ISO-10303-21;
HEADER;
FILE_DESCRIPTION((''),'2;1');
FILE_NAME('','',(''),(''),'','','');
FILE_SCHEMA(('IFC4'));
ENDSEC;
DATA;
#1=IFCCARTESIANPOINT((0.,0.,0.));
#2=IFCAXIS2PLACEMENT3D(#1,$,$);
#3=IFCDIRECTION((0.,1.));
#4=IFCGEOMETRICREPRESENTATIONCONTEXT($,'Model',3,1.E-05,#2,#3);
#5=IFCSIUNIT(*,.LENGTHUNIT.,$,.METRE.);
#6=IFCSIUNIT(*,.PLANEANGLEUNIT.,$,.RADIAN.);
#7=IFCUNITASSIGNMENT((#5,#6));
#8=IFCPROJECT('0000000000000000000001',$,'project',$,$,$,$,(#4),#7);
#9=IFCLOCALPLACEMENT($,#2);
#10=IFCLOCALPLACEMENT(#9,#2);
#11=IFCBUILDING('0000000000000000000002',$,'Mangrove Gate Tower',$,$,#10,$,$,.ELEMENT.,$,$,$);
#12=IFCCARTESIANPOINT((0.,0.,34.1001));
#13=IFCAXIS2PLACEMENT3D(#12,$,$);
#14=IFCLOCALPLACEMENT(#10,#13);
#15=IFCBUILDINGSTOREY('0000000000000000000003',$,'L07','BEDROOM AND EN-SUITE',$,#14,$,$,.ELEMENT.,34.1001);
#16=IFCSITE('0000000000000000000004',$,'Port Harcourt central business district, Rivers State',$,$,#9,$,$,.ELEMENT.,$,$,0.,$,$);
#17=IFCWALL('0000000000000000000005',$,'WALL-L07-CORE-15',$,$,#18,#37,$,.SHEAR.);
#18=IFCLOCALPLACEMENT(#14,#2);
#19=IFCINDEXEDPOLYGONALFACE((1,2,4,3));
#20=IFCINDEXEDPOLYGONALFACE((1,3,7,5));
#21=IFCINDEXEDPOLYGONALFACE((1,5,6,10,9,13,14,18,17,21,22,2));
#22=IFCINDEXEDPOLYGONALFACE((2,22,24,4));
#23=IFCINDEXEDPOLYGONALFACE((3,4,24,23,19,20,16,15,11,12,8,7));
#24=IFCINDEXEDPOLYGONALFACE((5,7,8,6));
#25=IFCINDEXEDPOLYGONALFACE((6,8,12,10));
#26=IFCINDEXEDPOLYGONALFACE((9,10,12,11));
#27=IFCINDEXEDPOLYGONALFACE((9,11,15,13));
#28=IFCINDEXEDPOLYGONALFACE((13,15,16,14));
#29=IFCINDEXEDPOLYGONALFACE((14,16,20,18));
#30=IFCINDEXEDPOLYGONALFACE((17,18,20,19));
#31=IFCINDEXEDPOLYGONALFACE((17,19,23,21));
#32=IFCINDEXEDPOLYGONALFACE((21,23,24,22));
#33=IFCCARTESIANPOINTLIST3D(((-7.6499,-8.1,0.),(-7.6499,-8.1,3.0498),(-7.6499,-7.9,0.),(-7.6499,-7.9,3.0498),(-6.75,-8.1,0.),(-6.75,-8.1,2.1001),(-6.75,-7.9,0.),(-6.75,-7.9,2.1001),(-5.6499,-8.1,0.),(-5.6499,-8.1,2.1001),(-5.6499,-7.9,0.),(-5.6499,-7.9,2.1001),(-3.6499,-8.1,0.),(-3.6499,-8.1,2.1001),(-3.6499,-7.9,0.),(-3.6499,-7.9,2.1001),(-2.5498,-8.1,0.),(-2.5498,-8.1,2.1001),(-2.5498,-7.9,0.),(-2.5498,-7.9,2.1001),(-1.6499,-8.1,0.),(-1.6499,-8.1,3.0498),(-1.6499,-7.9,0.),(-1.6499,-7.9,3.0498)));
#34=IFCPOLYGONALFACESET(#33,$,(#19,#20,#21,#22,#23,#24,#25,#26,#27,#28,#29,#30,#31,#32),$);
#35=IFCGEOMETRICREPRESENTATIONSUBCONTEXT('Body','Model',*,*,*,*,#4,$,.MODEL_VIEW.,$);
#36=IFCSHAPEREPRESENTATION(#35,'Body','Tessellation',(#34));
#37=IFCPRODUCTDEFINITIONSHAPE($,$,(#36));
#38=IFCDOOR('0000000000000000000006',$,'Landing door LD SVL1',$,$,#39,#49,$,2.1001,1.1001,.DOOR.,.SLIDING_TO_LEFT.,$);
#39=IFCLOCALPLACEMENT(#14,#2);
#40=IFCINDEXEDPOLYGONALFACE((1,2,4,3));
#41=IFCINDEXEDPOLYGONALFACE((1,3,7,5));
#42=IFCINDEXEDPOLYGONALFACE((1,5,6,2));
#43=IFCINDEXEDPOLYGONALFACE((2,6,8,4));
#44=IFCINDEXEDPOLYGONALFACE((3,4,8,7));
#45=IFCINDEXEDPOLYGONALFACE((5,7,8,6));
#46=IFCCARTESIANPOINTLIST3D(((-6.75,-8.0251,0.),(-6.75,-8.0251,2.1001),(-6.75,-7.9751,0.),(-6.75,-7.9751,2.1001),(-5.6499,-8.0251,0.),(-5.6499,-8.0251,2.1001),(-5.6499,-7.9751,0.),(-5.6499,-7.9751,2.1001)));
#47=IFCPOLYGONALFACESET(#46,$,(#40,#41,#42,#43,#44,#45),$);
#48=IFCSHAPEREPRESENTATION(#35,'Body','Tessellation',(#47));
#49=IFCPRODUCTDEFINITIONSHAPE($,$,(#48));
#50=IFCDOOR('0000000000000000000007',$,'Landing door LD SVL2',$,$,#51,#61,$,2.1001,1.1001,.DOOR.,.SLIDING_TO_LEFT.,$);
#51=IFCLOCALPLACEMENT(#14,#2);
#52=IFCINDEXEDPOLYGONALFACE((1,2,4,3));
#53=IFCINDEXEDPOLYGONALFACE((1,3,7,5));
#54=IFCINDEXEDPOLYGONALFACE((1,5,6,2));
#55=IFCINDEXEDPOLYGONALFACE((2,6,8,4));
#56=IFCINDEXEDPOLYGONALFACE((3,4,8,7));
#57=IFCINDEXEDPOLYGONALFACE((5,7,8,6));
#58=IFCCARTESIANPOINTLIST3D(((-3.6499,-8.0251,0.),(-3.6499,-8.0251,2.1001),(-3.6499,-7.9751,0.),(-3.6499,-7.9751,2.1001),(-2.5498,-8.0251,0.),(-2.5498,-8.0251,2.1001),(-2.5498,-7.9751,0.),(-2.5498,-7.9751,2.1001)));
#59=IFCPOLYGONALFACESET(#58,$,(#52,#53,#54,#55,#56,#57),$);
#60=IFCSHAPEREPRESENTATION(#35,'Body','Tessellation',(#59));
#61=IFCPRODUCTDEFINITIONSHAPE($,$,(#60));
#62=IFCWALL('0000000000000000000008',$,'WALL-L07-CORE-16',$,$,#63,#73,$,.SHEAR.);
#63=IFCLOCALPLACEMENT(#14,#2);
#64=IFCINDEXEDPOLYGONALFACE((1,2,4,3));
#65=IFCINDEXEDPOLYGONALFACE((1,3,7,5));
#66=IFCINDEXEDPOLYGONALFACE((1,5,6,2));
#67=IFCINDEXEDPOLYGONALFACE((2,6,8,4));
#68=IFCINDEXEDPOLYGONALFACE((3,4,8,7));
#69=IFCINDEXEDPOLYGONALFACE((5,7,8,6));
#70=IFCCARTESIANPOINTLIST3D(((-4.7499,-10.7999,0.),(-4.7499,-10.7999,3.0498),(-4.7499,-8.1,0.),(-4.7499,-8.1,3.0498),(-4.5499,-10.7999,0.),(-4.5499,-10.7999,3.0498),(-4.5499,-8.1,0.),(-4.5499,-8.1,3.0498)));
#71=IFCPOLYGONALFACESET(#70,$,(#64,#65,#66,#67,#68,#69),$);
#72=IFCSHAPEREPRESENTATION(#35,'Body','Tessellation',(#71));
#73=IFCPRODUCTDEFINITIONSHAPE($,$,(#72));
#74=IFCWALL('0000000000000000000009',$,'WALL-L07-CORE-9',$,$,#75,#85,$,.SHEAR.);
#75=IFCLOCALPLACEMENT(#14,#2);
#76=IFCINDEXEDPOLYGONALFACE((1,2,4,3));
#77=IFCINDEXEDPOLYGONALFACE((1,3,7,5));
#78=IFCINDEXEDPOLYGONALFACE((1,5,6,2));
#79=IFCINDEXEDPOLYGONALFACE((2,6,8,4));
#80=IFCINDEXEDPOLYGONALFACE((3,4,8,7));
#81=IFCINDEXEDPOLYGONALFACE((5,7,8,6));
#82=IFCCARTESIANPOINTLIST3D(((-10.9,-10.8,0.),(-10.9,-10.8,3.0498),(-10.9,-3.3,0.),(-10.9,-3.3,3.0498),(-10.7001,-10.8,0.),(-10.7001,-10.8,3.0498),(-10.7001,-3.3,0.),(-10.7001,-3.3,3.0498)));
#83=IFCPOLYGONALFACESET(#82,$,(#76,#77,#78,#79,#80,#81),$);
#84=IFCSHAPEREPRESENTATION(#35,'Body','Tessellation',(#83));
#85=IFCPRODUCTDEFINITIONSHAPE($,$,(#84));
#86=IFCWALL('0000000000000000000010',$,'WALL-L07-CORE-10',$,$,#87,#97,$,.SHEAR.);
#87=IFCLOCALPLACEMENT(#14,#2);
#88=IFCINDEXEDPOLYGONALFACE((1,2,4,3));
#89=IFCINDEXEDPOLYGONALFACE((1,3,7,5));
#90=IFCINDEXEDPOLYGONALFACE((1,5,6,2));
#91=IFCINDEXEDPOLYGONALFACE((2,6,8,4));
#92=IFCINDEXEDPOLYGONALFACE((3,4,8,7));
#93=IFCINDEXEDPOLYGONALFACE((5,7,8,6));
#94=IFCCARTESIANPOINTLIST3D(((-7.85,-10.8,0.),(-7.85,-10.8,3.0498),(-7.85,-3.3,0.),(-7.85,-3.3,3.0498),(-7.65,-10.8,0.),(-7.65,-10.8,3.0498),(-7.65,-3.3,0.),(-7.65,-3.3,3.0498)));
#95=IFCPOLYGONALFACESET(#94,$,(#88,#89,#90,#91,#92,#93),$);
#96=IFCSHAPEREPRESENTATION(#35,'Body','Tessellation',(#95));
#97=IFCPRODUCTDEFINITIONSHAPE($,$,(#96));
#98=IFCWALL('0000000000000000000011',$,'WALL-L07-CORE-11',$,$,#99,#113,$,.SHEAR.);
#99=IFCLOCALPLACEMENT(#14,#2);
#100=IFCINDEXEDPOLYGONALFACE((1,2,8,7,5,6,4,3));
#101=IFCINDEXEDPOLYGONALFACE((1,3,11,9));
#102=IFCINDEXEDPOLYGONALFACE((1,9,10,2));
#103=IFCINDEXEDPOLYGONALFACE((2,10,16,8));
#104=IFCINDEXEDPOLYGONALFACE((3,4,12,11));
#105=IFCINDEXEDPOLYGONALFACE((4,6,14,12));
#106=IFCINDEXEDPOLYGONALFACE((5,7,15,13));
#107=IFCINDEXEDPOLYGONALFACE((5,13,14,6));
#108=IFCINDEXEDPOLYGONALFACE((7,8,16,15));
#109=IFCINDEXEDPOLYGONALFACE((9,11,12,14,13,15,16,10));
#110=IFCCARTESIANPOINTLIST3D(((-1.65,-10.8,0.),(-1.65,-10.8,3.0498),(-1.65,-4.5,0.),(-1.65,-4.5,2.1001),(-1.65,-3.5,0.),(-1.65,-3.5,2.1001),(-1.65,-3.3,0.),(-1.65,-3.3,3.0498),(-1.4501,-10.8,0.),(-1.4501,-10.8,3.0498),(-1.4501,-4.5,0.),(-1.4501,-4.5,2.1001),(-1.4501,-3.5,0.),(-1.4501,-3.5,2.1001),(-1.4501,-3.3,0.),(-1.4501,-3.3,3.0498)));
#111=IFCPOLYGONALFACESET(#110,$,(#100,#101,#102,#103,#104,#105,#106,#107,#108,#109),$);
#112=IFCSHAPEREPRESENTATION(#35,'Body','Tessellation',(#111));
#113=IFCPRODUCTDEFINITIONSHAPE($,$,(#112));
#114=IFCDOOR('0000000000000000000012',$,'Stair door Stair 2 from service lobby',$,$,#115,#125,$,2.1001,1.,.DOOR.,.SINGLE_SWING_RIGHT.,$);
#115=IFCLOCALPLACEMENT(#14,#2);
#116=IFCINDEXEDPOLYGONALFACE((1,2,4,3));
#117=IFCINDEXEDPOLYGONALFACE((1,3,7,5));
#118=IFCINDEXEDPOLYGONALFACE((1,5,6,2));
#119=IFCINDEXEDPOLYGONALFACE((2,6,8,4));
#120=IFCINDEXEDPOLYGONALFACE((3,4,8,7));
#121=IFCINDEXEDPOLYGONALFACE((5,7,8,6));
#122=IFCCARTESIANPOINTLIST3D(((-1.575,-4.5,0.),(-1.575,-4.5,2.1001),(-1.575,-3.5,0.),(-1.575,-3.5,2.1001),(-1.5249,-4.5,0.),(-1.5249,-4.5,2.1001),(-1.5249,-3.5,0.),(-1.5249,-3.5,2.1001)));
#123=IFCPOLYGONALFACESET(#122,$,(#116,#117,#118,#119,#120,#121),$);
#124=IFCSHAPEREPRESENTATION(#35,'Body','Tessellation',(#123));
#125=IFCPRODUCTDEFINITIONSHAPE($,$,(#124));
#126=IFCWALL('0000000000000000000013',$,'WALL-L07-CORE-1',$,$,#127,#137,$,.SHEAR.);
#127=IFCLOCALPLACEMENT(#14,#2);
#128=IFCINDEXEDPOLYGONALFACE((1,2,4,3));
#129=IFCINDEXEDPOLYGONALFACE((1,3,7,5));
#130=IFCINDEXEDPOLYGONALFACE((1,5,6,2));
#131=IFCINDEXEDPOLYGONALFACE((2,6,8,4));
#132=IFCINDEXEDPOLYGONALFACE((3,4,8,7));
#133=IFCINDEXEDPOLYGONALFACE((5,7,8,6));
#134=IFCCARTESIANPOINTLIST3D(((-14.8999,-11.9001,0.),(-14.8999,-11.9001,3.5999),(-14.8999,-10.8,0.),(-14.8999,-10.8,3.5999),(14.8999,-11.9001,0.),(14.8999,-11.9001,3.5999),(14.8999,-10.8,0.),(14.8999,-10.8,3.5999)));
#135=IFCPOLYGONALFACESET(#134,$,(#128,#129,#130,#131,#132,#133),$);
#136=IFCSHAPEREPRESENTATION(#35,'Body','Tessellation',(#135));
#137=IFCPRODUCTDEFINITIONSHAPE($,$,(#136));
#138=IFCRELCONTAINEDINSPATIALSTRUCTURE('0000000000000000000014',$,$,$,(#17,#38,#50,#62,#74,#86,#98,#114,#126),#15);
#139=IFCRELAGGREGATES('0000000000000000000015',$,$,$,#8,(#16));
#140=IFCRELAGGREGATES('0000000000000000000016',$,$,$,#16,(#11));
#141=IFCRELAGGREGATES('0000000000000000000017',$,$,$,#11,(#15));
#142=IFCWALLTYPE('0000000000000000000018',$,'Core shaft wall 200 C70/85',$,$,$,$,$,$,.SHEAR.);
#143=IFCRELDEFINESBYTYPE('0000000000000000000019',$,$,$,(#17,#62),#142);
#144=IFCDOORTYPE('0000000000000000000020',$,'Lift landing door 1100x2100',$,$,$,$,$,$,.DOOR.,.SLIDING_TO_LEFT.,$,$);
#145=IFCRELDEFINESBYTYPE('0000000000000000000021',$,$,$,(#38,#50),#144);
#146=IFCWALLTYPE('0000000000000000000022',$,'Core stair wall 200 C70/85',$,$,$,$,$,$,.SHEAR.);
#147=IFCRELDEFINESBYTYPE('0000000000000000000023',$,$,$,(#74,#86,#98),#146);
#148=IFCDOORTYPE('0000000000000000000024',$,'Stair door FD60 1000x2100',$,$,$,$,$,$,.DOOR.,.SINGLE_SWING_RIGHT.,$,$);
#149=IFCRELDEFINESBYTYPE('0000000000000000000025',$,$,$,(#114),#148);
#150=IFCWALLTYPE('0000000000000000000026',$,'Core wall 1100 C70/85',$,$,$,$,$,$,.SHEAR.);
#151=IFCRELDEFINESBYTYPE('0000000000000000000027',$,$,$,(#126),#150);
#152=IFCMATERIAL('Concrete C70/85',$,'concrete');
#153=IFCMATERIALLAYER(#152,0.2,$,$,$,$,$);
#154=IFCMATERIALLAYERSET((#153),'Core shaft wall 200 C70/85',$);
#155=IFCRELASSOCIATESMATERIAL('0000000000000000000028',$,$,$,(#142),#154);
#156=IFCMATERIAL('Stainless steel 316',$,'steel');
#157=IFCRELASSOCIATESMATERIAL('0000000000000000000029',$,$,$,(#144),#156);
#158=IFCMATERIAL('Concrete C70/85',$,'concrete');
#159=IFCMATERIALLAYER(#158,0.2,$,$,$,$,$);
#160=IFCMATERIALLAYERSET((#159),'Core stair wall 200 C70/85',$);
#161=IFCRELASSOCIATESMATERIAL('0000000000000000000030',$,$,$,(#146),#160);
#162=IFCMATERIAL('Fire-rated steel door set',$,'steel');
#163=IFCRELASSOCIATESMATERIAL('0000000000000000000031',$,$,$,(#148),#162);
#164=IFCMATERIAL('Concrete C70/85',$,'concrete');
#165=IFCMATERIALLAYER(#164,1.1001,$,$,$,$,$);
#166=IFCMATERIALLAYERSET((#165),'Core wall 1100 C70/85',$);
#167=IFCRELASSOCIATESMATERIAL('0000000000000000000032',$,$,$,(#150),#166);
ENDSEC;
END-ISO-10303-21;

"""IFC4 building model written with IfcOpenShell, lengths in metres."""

from ifc_helpers import new_model, si_unit, direction, frame, frame_2d, origin, place, context, subcontext, project, spatial, rectangle, extrude, material, layer, layer_set, type_object, element, fill, save


model = new_model("IFC4")

# Units and contexts
model_context = context("Model", 3, precision=1e-05, world=origin(), true_north=direction((0.0, 1.0)))
body_context = subcontext(model_context, "Body", "Model", "MODEL_VIEW")
ifc_project = project(units=[si_unit("LENGTHUNIT", "METRE"), si_unit("PLANEANGLEUNIT", "RADIAN")], contexts=[model_context])

# Site, building, storey
site_placement = place(None, origin())
site = spatial("IfcSite", under=ifc_project, at=site_placement, Name="Port Harcourt central business district, Rivers State", CompositionType="ELEMENT", RefElevation=0.0)
building_placement = place(site_placement, origin())
building = spatial("IfcBuilding", under=site, at=building_placement, Name="Mangrove Gate Tower", CompositionType="ELEMENT")
storey_placement = place(building_placement, frame((0.0, 0.0, 34.1001)))
storey = spatial("IfcBuildingStorey", under=building, at=storey_placement, Name="L07", Description="BEDROOM AND EN-SUITE", CompositionType="ELEMENT", Elevation=34.1001)

# Wall, openings, doors
ifc_material_1 = material(Name="Concrete C70/85", Category="concrete")
ifc_layer_1 = layer(ifc_material_1, 0.2)
ifc_layer_set_1 = layer_set([ifc_layer_1], Name="Core shaft wall 200 C70/85")
wall_type_1 = type_object("IfcWallType", Name="Core shaft wall 200 C70/85", PredefinedType="SHEAR", material=ifc_layer_set_1)
wall_1_placement = place(storey_placement, frame((-7.6499, -8.0, 0.0), z_axis=(0.0, 0.0, 1.0), x_axis=(1.0, 0.0, 0.0)))
wall_1 = element("IfcWall", 1, at=wall_1_placement, inside=storey, type_object=wall_type_1, Name="WALL-L07-CORE-15", PredefinedType="SHEAR", context=body_context, shape_type="SweptSolid", body=[
    extrude(rectangle(XDim=6.0, YDim=0.2, at=frame_2d((3.0, 0.0))), origin(), (0.0, 0.0, 1.0), 3.0498),
])
opening_1_placement = place(wall_1_placement, frame((0.8999, 0.0, 0.0)))
opening_1 = element("IfcOpeningElement", 2, at=opening_1_placement, cuts=wall_1, PredefinedType="OPENING", context=body_context, shape_type="SweptSolid", body=[
    extrude(rectangle(XDim=1.1001, YDim=2.1001, at=frame_2d((0.55, 1.05))), frame((0.0, 0.1099, 0.0), z_axis=(0.0, -1.0, 0.0), x_axis=(1.0, 0.0, 0.0)), (0.0, 0.0, 1.0), 0.22),
])
opening_2_placement = place(wall_1_placement, frame((4.0, 0.0, 0.0)))
opening_2 = element("IfcOpeningElement", 3, at=opening_2_placement, cuts=wall_1, PredefinedType="OPENING", context=body_context, shape_type="SweptSolid", body=[
    extrude(rectangle(XDim=1.1001, YDim=2.1001, at=frame_2d((0.55, 1.05))), frame((0.0, 0.1099, 0.0), z_axis=(0.0, -1.0, 0.0), x_axis=(1.0, 0.0, 0.0)), (0.0, 0.0, 1.0), 0.22),
])
ifc_material_2 = material(Name="Stainless steel 316", Category="steel")
door_type_1 = type_object("IfcDoorType", Name="Lift landing door 1100x2100", OperationType="SLIDING_TO_LEFT", PredefinedType="DOOR", material=ifc_material_2)
door_1_placement = place(opening_1_placement, origin())
door_1 = element("IfcDoor", 4, at=door_1_placement, inside=storey, type_object=door_type_1, Name="Landing door LD SVL1", OperationType="SLIDING_TO_LEFT", OverallHeight=2.1001, OverallWidth=1.1001, PredefinedType="DOOR", context=body_context, shape_type="SweptSolid", body=[
    extrude(rectangle(XDim=1.1001, YDim=2.1001, at=frame_2d((0.55, 1.05))), frame((0.0, 0.0249, 0.0), z_axis=(0.0, -1.0, 0.0), x_axis=(1.0, 0.0, 0.0)), (0.0, 0.0, 1.0), 0.05),
])
fill(opening_1, door_1)
door_2_placement = place(opening_2_placement, origin())
door_2 = element("IfcDoor", 5, at=door_2_placement, inside=storey, type_object=door_type_1, Name="Landing door LD SVL2", OperationType="SLIDING_TO_LEFT", OverallHeight=2.1001, OverallWidth=1.1001, PredefinedType="DOOR", context=body_context, shape_type="SweptSolid", body=[
    extrude(rectangle(XDim=1.1001, YDim=2.1001, at=frame_2d((0.55, 1.05))), frame((0.0, 0.0249, 0.0), z_axis=(0.0, -1.0, 0.0), x_axis=(1.0, 0.0, 0.0)), (0.0, 0.0, 1.0), 0.05),
])
fill(opening_2, door_2)

# Walls
wall_2_placement = place(storey_placement, frame((-4.6499, -10.8, 0.0), z_axis=(0.0, 0.0, 1.0), x_axis=(0.0, 1.0, 0.0)))
element("IfcWall", 6, at=wall_2_placement, inside=storey, type_object=wall_type_1, Name="WALL-L07-CORE-16", PredefinedType="SHEAR", context=body_context, shape_type="SweptSolid", body=[
    extrude(rectangle(XDim=2.7, YDim=0.2, at=frame_2d((1.3501, 0.0))), origin(), (0.0, 0.0, 1.0), 3.0498),
])
ifc_material_3 = material(Name="Concrete C70/85", Category="concrete")
ifc_layer_2 = layer(ifc_material_3, 0.2)
ifc_layer_set_2 = layer_set([ifc_layer_2], Name="Core stair wall 200 C70/85")
wall_type_2 = type_object("IfcWallType", Name="Core stair wall 200 C70/85", PredefinedType="SHEAR", material=ifc_layer_set_2)
for number, where, z_axis, x_axis, name in (
    (7, (-10.8, -10.8, 0.0), (0.0, 0.0, 1.0), (0.0, 1.0, 0.0), "WALL-L07-CORE-9"),
    (8, (-7.75, -10.8, 0.0), (0.0, 0.0, 1.0), (0.0, 1.0, 0.0), "WALL-L07-CORE-10"),
):
    element("IfcWall", number, at=place(storey_placement, frame(where, z_axis=z_axis, x_axis=x_axis)), inside=storey, type_object=wall_type_2, Name=name, PredefinedType="SHEAR", context=body_context, shape_type="SweptSolid", body=[
        extrude(rectangle(XDim=7.5, YDim=0.2, at=frame_2d((3.75, 0.0))), origin(), (0.0, 0.0, 1.0), 3.0498),
    ])

# Wall, opening, door
wall_3_placement = place(storey_placement, frame((-1.55, -10.8, 0.0), z_axis=(0.0, 0.0, 1.0), x_axis=(0.0, 1.0, 0.0)))
wall_3 = element("IfcWall", 9, at=wall_3_placement, inside=storey, type_object=wall_type_2, Name="WALL-L07-CORE-11", PredefinedType="SHEAR", context=body_context, shape_type="SweptSolid", body=[
    extrude(rectangle(XDim=7.5, YDim=0.2, at=frame_2d((3.75, 0.0))), origin(), (0.0, 0.0, 1.0), 3.0498),
])
opening_3_placement = place(wall_3_placement, frame((6.3, 0.0, 0.0)))
opening_3 = element("IfcOpeningElement", 10, at=opening_3_placement, cuts=wall_3, PredefinedType="OPENING", context=body_context, shape_type="SweptSolid", body=[
    extrude(rectangle(XDim=1.0, YDim=2.1001, at=frame_2d((0.5, 1.05))), frame((0.0, 0.1099, 0.0), z_axis=(0.0, -1.0, 0.0), x_axis=(1.0, 0.0, 0.0)), (0.0, 0.0, 1.0), 0.22),
])
ifc_material_4 = material(Name="Fire-rated steel door set", Category="steel")
door_type_2 = type_object("IfcDoorType", Name="Stair door FD60 1000x2100", OperationType="SINGLE_SWING_RIGHT", PredefinedType="DOOR", material=ifc_material_4)
door_3_placement = place(opening_3_placement, origin())
door_3 = element("IfcDoor", 11, at=door_3_placement, inside=storey, type_object=door_type_2, Name="Stair door Stair 2 from service lobby", OperationType="SINGLE_SWING_RIGHT", OverallHeight=2.1001, OverallWidth=1.0, PredefinedType="DOOR", context=body_context, shape_type="SweptSolid", body=[
    extrude(rectangle(XDim=1.0, YDim=2.1001, at=frame_2d((0.5, 1.05))), frame((0.0, 0.0249, 0.0), z_axis=(0.0, -1.0, 0.0), x_axis=(1.0, 0.0, 0.0)), (0.0, 0.0, 1.0), 0.05),
])
fill(opening_3, door_3)

# Wall
ifc_material_5 = material(Name="Concrete C70/85", Category="concrete")
ifc_layer_3 = layer(ifc_material_5, 1.1001)
ifc_layer_set_3 = layer_set([ifc_layer_3], Name="Core wall 1100 C70/85")
wall_type_3 = type_object("IfcWallType", Name="Core wall 1100 C70/85", PredefinedType="SHEAR", material=ifc_layer_set_3)
wall_4_placement = place(storey_placement, frame((-14.8999, -11.3501, 0.0), z_axis=(0.0, 0.0, 1.0), x_axis=(1.0, 0.0, 0.0)))
element("IfcWall", 12, at=wall_4_placement, inside=storey, type_object=wall_type_3, Name="WALL-L07-CORE-1", PredefinedType="SHEAR", context=body_context, shape_type="SweptSolid", body=[
    extrude(rectangle(XDim=29.7998, YDim=1.1001, at=frame_2d((14.8999, 0.0))), origin(), (0.0, 0.0, 1.0), 3.5999),
])

save(model, "model.ifc")
